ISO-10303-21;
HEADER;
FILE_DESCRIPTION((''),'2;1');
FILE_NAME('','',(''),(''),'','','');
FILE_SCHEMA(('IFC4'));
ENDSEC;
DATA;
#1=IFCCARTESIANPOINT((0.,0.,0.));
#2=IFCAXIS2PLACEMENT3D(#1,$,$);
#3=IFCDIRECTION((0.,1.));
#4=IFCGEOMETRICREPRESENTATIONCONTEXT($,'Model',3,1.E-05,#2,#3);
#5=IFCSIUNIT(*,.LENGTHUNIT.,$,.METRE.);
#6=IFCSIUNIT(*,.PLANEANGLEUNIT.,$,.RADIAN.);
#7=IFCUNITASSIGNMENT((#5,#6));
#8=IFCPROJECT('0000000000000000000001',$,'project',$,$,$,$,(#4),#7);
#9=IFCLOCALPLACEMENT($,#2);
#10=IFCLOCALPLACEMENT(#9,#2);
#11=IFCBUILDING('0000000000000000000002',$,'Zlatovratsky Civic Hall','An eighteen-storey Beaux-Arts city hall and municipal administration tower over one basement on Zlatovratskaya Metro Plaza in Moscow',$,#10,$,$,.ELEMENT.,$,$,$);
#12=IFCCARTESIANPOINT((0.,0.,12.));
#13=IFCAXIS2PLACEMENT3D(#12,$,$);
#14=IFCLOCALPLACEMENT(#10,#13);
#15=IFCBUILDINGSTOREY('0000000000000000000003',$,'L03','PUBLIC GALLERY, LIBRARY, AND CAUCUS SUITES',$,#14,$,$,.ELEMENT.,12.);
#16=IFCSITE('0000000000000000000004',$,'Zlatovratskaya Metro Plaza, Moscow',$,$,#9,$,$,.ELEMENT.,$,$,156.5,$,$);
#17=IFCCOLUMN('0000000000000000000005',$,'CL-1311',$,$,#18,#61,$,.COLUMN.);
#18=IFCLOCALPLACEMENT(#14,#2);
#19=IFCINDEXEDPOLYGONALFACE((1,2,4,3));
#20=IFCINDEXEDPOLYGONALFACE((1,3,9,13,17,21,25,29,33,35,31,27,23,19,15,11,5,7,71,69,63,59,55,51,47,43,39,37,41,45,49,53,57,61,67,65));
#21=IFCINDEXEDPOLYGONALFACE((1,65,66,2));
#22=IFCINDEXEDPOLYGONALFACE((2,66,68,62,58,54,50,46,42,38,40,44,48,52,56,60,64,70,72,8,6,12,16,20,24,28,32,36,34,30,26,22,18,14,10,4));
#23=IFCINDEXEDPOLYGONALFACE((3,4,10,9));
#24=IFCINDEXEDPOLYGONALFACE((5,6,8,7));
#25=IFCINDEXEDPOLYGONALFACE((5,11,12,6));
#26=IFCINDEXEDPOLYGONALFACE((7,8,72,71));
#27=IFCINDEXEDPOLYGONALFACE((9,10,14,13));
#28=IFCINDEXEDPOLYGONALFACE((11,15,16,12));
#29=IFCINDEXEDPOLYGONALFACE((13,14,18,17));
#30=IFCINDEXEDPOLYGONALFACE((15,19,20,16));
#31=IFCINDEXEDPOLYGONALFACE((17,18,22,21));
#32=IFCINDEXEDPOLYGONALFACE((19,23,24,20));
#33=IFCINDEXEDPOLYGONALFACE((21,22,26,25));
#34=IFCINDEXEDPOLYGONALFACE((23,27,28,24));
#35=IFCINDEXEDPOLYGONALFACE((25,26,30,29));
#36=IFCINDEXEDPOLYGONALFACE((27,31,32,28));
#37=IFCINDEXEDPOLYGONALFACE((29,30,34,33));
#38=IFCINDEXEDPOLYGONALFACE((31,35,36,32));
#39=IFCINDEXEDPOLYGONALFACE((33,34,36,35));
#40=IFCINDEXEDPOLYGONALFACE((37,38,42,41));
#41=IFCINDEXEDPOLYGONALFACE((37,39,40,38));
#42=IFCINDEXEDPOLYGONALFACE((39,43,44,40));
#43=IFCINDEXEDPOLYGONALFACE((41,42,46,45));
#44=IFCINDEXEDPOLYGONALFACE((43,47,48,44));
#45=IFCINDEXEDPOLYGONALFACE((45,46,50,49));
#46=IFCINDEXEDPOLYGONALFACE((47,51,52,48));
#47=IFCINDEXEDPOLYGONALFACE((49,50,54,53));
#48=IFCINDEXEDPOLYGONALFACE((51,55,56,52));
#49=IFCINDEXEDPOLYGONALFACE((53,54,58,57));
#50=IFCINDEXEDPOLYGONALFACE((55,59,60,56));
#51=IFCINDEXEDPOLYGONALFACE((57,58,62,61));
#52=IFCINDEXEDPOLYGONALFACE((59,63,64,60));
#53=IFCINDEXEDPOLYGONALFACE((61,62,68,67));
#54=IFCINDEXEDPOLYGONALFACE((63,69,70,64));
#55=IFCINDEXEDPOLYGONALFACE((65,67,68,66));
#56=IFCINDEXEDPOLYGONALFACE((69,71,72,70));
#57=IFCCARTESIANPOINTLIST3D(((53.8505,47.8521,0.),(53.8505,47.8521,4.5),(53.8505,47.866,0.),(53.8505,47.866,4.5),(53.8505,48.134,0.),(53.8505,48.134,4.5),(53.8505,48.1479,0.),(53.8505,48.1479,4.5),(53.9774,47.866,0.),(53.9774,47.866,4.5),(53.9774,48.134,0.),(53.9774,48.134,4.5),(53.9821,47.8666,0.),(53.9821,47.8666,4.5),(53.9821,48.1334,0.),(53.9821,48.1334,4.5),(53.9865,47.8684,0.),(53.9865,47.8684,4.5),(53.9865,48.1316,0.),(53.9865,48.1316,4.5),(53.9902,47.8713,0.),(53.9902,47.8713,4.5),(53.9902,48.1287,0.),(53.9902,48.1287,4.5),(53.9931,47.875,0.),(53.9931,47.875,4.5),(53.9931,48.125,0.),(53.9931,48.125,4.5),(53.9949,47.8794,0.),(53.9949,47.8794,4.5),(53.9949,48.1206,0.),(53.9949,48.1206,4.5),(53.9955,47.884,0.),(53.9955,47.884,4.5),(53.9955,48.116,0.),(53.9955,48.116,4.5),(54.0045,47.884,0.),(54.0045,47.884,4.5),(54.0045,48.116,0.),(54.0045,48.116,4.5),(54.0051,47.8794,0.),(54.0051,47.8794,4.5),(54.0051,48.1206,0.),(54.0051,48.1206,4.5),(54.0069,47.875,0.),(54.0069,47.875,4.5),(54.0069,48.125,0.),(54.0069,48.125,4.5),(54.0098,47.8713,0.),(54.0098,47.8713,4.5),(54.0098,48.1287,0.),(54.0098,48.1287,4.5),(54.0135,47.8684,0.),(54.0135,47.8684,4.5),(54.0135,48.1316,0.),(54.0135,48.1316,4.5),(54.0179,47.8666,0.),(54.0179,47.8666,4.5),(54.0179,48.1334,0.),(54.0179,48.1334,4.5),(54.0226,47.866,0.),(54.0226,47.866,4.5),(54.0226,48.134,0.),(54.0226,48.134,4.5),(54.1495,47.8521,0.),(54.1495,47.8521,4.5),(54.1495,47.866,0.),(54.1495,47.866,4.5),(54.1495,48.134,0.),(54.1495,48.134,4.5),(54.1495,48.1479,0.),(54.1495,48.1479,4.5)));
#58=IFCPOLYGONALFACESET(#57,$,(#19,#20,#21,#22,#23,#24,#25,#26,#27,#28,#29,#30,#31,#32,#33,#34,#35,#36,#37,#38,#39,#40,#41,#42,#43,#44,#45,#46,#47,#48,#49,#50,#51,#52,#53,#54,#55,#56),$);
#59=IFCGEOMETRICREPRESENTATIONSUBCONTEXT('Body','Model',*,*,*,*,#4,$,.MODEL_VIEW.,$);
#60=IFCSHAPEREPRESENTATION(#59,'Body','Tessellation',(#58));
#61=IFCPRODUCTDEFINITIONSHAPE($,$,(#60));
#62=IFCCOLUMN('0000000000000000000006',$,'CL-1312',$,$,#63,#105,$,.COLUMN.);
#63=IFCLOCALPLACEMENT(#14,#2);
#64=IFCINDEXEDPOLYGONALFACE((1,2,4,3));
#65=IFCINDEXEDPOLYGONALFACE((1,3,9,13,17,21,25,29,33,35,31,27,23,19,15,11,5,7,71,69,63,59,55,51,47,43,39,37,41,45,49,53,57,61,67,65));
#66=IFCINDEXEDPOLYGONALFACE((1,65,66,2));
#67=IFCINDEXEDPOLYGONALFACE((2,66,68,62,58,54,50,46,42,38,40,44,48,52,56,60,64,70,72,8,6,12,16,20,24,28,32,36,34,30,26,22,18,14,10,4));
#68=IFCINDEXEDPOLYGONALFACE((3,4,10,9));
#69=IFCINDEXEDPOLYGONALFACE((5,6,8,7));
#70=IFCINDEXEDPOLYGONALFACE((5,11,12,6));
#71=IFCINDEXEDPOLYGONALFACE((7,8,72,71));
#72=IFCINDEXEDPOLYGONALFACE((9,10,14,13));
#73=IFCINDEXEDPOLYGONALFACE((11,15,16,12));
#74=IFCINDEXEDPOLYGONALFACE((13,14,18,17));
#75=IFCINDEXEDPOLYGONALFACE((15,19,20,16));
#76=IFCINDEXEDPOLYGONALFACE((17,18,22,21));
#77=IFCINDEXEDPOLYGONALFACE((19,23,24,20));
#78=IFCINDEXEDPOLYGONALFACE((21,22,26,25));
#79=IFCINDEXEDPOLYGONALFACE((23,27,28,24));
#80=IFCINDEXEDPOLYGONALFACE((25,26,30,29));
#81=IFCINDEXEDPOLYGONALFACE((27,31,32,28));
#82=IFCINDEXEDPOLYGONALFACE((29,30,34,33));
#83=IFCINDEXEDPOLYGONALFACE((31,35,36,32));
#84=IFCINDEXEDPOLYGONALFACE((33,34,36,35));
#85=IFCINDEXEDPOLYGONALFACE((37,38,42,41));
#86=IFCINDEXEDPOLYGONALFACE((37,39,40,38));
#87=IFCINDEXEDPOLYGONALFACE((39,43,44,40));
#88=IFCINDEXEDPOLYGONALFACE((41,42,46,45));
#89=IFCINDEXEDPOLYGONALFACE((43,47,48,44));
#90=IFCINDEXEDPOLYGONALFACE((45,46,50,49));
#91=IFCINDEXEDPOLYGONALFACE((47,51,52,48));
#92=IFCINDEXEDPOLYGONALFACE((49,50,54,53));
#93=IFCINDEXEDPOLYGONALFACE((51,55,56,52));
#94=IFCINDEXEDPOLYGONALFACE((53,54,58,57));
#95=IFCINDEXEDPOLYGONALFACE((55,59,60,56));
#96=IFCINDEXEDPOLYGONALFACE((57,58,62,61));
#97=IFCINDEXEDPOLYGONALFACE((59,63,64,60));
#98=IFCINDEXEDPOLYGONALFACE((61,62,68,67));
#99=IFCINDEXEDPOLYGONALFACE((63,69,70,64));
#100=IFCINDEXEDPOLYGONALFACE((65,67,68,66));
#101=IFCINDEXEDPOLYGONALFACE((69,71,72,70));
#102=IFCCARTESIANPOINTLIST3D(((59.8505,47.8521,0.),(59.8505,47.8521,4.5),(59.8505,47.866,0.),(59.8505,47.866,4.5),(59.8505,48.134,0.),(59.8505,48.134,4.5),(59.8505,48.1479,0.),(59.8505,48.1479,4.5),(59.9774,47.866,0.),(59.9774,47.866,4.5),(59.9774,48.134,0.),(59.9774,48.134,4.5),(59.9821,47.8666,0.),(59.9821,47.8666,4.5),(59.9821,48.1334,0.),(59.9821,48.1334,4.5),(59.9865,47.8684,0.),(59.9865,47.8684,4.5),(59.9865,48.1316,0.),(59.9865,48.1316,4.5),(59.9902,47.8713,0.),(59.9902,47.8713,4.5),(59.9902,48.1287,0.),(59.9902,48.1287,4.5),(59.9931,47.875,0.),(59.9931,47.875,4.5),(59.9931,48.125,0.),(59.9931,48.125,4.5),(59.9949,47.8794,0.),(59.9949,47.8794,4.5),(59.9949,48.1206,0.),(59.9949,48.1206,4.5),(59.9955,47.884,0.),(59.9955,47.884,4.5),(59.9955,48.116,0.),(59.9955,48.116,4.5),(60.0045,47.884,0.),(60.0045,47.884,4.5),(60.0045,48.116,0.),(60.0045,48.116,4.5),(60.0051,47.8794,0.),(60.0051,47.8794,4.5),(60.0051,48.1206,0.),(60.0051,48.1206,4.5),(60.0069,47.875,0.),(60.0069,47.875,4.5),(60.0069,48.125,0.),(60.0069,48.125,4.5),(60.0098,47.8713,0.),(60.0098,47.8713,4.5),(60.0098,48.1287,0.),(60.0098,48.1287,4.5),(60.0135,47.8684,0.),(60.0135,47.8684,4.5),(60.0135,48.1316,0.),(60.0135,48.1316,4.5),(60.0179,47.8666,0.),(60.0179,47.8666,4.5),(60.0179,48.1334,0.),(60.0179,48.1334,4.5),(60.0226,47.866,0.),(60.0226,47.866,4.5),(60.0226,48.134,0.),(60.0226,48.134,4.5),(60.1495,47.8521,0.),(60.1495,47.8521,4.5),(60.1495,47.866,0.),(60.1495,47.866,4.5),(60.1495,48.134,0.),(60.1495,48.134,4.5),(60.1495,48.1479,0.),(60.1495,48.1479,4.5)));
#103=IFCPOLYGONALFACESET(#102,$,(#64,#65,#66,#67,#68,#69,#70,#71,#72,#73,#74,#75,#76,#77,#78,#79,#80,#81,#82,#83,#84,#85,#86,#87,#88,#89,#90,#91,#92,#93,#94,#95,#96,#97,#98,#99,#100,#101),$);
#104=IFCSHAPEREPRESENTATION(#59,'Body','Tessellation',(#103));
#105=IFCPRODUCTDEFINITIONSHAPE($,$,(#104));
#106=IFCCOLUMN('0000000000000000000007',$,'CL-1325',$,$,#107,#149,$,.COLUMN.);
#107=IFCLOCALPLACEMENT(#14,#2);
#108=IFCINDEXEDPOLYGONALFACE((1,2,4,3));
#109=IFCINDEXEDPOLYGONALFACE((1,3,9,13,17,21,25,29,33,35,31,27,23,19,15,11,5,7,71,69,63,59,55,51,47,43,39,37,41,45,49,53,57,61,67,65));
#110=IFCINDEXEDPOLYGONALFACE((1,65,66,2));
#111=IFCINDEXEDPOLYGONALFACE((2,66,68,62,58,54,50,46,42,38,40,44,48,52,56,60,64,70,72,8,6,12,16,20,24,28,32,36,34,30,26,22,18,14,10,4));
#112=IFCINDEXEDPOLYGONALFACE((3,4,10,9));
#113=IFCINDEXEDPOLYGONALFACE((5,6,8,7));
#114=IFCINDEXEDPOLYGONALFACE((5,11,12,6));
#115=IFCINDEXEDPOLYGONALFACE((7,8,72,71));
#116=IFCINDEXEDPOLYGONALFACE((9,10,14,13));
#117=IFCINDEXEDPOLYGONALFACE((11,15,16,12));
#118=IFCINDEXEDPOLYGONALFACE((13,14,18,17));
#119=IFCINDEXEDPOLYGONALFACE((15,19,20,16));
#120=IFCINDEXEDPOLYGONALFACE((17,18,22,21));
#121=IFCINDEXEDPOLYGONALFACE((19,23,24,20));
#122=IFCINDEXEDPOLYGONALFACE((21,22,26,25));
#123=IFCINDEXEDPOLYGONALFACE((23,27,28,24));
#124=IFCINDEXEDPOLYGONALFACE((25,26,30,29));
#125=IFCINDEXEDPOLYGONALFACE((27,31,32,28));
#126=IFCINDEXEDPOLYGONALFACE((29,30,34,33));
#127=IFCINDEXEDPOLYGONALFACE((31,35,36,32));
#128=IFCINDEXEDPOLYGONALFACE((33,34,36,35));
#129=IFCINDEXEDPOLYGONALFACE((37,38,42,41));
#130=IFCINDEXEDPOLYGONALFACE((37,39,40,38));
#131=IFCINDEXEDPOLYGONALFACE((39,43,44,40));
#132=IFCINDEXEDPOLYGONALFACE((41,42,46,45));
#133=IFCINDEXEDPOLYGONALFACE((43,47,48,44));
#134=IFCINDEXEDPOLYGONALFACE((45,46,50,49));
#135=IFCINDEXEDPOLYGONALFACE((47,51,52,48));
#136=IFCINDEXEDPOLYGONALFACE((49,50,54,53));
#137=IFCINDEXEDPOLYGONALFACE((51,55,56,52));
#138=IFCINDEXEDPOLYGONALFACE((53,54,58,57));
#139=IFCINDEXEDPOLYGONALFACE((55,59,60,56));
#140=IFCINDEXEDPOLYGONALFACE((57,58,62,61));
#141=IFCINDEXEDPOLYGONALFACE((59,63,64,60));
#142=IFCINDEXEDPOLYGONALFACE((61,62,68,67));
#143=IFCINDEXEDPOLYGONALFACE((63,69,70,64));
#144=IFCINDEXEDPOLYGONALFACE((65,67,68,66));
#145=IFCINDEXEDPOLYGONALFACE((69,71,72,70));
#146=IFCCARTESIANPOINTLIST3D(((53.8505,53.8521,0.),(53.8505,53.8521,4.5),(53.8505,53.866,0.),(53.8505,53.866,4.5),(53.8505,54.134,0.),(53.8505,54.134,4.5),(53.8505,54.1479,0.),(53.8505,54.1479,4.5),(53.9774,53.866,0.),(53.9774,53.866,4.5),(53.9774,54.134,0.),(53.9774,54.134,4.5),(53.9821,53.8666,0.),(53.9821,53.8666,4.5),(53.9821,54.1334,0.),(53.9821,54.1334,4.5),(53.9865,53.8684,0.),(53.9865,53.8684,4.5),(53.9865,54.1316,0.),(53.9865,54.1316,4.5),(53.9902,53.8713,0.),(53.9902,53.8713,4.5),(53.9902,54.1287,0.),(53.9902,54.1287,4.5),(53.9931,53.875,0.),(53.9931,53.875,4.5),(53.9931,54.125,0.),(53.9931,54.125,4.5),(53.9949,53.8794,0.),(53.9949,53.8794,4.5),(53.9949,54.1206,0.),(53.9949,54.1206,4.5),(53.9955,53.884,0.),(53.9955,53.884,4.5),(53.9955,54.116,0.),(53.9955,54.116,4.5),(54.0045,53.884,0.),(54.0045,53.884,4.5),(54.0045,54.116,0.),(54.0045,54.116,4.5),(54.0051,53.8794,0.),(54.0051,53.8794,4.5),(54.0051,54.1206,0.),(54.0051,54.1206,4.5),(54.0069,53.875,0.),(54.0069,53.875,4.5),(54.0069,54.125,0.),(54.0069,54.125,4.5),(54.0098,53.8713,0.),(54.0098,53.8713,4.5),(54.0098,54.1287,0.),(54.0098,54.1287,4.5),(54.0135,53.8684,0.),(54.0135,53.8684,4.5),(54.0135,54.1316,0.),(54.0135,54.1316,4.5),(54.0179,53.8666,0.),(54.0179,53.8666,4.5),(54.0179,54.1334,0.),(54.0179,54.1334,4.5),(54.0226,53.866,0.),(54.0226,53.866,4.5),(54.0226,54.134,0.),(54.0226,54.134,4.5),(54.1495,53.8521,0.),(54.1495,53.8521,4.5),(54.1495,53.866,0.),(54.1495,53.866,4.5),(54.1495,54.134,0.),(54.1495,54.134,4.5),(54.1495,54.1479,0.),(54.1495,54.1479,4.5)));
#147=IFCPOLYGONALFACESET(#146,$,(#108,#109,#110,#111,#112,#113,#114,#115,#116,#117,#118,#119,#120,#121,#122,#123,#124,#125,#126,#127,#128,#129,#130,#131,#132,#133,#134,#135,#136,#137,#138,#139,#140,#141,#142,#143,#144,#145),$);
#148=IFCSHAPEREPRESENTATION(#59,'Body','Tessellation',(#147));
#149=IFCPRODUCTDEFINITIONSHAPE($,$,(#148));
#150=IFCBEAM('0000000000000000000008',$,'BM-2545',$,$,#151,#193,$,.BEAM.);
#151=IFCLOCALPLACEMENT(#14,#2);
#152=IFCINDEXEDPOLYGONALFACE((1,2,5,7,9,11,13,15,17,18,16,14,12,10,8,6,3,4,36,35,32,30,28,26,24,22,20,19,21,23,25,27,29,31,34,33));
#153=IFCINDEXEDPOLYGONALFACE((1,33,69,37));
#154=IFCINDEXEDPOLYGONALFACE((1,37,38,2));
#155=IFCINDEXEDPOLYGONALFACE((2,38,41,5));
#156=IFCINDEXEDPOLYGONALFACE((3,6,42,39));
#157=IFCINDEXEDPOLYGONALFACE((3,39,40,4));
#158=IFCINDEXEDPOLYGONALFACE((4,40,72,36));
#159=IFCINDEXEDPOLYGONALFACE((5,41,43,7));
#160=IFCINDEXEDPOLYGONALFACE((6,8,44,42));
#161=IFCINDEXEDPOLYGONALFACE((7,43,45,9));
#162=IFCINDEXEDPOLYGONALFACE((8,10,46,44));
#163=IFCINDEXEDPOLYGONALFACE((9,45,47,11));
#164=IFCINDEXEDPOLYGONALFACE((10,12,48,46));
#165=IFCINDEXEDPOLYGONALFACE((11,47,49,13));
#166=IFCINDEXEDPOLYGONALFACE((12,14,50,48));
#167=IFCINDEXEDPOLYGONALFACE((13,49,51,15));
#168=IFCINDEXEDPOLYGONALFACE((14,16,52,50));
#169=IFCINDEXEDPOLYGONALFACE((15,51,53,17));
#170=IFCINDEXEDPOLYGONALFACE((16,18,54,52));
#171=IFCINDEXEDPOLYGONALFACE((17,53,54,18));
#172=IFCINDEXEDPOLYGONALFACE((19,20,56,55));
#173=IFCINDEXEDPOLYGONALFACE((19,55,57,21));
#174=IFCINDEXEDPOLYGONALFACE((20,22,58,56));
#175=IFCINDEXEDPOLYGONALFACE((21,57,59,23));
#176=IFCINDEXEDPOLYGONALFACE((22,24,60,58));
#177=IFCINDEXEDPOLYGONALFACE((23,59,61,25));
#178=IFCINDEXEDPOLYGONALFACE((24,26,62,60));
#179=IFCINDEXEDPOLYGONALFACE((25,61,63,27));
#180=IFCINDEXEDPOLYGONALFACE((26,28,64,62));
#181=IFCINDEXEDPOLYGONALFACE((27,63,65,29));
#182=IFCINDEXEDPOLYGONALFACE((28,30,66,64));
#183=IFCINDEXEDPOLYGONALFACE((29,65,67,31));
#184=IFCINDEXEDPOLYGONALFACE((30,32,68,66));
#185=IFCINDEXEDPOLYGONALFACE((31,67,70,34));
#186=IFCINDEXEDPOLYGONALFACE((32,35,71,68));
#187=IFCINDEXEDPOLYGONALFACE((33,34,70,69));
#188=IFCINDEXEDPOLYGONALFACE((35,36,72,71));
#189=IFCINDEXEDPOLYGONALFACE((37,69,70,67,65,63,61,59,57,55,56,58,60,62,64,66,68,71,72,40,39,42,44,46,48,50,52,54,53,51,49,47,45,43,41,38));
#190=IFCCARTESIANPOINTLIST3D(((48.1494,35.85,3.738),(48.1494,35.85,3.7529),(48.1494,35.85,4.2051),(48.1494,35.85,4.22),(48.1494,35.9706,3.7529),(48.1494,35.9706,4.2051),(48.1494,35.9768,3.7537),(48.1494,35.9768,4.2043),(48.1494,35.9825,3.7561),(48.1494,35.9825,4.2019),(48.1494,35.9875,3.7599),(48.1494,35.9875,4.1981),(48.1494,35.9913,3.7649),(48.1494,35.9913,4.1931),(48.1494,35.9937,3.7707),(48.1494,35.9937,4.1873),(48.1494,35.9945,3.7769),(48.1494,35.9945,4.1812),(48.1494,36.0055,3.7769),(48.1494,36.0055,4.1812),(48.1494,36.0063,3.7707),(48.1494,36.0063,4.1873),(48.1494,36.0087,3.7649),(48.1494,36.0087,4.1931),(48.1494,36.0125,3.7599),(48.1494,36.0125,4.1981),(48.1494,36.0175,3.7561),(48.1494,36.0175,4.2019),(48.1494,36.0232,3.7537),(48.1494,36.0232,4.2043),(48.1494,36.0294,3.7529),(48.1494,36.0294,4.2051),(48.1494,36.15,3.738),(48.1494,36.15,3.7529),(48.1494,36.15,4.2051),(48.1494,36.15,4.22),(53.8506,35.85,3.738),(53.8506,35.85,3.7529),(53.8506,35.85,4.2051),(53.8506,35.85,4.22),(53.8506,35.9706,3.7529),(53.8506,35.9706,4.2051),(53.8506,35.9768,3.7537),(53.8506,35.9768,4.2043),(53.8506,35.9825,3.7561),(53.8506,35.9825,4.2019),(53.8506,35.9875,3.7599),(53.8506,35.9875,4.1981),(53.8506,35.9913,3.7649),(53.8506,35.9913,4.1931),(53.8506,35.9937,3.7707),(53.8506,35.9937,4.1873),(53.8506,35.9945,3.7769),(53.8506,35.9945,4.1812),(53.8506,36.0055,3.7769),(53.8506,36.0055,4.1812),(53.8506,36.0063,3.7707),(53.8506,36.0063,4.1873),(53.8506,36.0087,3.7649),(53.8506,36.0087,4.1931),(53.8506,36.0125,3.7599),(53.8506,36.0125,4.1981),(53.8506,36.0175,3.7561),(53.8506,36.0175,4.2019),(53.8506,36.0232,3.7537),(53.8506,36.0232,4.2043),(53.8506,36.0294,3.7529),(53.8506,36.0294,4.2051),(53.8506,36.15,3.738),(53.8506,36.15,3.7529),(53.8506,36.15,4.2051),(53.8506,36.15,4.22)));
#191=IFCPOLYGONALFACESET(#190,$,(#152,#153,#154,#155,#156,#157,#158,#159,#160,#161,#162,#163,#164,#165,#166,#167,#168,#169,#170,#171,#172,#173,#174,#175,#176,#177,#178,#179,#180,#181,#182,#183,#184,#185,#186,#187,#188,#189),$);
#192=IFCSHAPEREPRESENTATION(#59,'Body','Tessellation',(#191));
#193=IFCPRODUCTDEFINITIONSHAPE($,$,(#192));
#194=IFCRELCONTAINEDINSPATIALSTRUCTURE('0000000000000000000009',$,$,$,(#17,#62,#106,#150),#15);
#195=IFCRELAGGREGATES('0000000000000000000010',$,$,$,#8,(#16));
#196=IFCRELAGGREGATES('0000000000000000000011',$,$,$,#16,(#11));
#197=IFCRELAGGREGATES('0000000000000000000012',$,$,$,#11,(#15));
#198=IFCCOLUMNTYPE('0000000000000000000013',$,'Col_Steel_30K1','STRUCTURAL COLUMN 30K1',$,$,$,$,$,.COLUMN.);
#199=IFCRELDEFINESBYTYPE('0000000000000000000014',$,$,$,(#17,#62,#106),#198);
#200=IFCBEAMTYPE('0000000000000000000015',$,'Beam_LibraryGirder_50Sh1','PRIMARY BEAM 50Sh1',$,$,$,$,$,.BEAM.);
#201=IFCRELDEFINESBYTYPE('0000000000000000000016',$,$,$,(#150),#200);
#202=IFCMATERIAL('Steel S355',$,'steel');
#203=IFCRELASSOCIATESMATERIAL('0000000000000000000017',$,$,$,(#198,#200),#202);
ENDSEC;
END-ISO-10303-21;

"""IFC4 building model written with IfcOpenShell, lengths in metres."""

from ifc_helpers import new_model, si_unit, direction, frame, origin, origin_2d, place, context, subcontext, project, spatial, i_section, extrude, material, material_profile, profile_set, type_object, element, save


model = new_model("IFC4")

# Units and contexts
model_context = context("Model", 3, precision=1e-05, world=origin(), true_north=direction((0.0, 1.0)))
body_context = subcontext(model_context, "Body", "Model", "MODEL_VIEW")
ifc_project = project(units=[si_unit("LENGTHUNIT", "METRE"), si_unit("PLANEANGLEUNIT", "RADIAN")], contexts=[model_context])

# Site, building, storey
site_placement = place(None, origin())
site = spatial("IfcSite", under=ifc_project, at=site_placement, Name="Zlatovratskaya Metro Plaza, Moscow", CompositionType="ELEMENT", RefElevation=156.5)
building_placement = place(site_placement, origin())
building = spatial("IfcBuilding", under=site, at=building_placement, Name="Zlatovratsky Civic Hall", Description="An eighteen-storey Beaux-Arts city hall and municipal administration tower over one basement on Zlatovratskaya Metro Plaza in Moscow", CompositionType="ELEMENT")
storey_placement = place(building_placement, frame((0.0, 0.0, 12.0)))
storey = spatial("IfcBuildingStorey", under=building, at=storey_placement, Name="L03", Description="PUBLIC GALLERY, LIBRARY, AND CAUCUS SUITES", CompositionType="ELEMENT", Elevation=12.0)

# Columns
ifc_material_1 = material(Name="Steel S355", Category="steel")
ifc_material_profile_1 = material_profile(ifc_material_1, i_section(OverallWidth=0.2991, OverallDepth=0.2959, WebThickness=0.009, FlangeThickness=0.0139, FilletRadius=0.0181, at=origin_2d()), Name="30K1")
ifc_profile_set_1 = profile_set([ifc_material_profile_1], Name="Steel S355")
column_type = type_object("IfcColumnType", Name="Col_Steel_30K1", Description="STRUCTURAL COLUMN 30K1", PredefinedType="COLUMN", material=ifc_profile_set_1)
for number, where, z_axis, x_axis, name in (
    (1, (54.0, 48.0, 0.0), (0.0, 0.0, 1.0), (1.0, 0.0, 0.0), "CL-1311"),
    (2, (60.0, 48.0, 0.0), (0.0, 0.0, 1.0), (1.0, 0.0, 0.0), "CL-1312"),
    (3, (54.0, 54.0, 0.0), (0.0, 0.0, 1.0), (1.0, 0.0, 0.0), "CL-1325"),
):
    element("IfcColumn", number, at=place(storey_placement, frame(where, z_axis=z_axis, x_axis=x_axis)), inside=storey, type_object=column_type, Name=name, PredefinedType="COLUMN", context=body_context, shape_type="SweptSolid", body=[
        extrude(i_section(OverallWidth=0.2991, OverallDepth=0.2959, WebThickness=0.009, FlangeThickness=0.0139, FilletRadius=0.0181, at=origin_2d()), origin(), (0.0, 0.0, 1.0), 4.5),
    ])

# Beam
ifc_material_profile_2 = material_profile(ifc_material_1, i_section(OverallWidth=0.3, OverallDepth=0.4819, WebThickness=0.011, FlangeThickness=0.0149, FilletRadius=0.0239, at=origin_2d()), Name="50Sh1")
ifc_profile_set_2 = profile_set([ifc_material_profile_2], Name="Steel S355")
beam_type = type_object("IfcBeamType", Name="Beam_LibraryGirder_50Sh1", Description="PRIMARY BEAM 50Sh1", PredefinedType="BEAM", material=ifc_profile_set_2)
for number, where, z_axis, x_axis, name in (
    (4, (48.1494, 36.0, 3.979), (1.0, 0.0, 0.0), (0.0, 1.0, 0.0), "BM-2545"),
):
    element("IfcBeam", number, at=place(storey_placement, frame(where, z_axis=z_axis, x_axis=x_axis)), inside=storey, type_object=beam_type, Name=name, PredefinedType="BEAM", context=body_context, shape_type="SweptSolid", body=[
        extrude(i_section(OverallWidth=0.3, OverallDepth=0.4819, WebThickness=0.011, FlangeThickness=0.0149, FilletRadius=0.0239, at=origin_2d()), origin(), (0.0, 0.0, 1.0), 5.7012),
    ])

save(model, "model.ifc")
